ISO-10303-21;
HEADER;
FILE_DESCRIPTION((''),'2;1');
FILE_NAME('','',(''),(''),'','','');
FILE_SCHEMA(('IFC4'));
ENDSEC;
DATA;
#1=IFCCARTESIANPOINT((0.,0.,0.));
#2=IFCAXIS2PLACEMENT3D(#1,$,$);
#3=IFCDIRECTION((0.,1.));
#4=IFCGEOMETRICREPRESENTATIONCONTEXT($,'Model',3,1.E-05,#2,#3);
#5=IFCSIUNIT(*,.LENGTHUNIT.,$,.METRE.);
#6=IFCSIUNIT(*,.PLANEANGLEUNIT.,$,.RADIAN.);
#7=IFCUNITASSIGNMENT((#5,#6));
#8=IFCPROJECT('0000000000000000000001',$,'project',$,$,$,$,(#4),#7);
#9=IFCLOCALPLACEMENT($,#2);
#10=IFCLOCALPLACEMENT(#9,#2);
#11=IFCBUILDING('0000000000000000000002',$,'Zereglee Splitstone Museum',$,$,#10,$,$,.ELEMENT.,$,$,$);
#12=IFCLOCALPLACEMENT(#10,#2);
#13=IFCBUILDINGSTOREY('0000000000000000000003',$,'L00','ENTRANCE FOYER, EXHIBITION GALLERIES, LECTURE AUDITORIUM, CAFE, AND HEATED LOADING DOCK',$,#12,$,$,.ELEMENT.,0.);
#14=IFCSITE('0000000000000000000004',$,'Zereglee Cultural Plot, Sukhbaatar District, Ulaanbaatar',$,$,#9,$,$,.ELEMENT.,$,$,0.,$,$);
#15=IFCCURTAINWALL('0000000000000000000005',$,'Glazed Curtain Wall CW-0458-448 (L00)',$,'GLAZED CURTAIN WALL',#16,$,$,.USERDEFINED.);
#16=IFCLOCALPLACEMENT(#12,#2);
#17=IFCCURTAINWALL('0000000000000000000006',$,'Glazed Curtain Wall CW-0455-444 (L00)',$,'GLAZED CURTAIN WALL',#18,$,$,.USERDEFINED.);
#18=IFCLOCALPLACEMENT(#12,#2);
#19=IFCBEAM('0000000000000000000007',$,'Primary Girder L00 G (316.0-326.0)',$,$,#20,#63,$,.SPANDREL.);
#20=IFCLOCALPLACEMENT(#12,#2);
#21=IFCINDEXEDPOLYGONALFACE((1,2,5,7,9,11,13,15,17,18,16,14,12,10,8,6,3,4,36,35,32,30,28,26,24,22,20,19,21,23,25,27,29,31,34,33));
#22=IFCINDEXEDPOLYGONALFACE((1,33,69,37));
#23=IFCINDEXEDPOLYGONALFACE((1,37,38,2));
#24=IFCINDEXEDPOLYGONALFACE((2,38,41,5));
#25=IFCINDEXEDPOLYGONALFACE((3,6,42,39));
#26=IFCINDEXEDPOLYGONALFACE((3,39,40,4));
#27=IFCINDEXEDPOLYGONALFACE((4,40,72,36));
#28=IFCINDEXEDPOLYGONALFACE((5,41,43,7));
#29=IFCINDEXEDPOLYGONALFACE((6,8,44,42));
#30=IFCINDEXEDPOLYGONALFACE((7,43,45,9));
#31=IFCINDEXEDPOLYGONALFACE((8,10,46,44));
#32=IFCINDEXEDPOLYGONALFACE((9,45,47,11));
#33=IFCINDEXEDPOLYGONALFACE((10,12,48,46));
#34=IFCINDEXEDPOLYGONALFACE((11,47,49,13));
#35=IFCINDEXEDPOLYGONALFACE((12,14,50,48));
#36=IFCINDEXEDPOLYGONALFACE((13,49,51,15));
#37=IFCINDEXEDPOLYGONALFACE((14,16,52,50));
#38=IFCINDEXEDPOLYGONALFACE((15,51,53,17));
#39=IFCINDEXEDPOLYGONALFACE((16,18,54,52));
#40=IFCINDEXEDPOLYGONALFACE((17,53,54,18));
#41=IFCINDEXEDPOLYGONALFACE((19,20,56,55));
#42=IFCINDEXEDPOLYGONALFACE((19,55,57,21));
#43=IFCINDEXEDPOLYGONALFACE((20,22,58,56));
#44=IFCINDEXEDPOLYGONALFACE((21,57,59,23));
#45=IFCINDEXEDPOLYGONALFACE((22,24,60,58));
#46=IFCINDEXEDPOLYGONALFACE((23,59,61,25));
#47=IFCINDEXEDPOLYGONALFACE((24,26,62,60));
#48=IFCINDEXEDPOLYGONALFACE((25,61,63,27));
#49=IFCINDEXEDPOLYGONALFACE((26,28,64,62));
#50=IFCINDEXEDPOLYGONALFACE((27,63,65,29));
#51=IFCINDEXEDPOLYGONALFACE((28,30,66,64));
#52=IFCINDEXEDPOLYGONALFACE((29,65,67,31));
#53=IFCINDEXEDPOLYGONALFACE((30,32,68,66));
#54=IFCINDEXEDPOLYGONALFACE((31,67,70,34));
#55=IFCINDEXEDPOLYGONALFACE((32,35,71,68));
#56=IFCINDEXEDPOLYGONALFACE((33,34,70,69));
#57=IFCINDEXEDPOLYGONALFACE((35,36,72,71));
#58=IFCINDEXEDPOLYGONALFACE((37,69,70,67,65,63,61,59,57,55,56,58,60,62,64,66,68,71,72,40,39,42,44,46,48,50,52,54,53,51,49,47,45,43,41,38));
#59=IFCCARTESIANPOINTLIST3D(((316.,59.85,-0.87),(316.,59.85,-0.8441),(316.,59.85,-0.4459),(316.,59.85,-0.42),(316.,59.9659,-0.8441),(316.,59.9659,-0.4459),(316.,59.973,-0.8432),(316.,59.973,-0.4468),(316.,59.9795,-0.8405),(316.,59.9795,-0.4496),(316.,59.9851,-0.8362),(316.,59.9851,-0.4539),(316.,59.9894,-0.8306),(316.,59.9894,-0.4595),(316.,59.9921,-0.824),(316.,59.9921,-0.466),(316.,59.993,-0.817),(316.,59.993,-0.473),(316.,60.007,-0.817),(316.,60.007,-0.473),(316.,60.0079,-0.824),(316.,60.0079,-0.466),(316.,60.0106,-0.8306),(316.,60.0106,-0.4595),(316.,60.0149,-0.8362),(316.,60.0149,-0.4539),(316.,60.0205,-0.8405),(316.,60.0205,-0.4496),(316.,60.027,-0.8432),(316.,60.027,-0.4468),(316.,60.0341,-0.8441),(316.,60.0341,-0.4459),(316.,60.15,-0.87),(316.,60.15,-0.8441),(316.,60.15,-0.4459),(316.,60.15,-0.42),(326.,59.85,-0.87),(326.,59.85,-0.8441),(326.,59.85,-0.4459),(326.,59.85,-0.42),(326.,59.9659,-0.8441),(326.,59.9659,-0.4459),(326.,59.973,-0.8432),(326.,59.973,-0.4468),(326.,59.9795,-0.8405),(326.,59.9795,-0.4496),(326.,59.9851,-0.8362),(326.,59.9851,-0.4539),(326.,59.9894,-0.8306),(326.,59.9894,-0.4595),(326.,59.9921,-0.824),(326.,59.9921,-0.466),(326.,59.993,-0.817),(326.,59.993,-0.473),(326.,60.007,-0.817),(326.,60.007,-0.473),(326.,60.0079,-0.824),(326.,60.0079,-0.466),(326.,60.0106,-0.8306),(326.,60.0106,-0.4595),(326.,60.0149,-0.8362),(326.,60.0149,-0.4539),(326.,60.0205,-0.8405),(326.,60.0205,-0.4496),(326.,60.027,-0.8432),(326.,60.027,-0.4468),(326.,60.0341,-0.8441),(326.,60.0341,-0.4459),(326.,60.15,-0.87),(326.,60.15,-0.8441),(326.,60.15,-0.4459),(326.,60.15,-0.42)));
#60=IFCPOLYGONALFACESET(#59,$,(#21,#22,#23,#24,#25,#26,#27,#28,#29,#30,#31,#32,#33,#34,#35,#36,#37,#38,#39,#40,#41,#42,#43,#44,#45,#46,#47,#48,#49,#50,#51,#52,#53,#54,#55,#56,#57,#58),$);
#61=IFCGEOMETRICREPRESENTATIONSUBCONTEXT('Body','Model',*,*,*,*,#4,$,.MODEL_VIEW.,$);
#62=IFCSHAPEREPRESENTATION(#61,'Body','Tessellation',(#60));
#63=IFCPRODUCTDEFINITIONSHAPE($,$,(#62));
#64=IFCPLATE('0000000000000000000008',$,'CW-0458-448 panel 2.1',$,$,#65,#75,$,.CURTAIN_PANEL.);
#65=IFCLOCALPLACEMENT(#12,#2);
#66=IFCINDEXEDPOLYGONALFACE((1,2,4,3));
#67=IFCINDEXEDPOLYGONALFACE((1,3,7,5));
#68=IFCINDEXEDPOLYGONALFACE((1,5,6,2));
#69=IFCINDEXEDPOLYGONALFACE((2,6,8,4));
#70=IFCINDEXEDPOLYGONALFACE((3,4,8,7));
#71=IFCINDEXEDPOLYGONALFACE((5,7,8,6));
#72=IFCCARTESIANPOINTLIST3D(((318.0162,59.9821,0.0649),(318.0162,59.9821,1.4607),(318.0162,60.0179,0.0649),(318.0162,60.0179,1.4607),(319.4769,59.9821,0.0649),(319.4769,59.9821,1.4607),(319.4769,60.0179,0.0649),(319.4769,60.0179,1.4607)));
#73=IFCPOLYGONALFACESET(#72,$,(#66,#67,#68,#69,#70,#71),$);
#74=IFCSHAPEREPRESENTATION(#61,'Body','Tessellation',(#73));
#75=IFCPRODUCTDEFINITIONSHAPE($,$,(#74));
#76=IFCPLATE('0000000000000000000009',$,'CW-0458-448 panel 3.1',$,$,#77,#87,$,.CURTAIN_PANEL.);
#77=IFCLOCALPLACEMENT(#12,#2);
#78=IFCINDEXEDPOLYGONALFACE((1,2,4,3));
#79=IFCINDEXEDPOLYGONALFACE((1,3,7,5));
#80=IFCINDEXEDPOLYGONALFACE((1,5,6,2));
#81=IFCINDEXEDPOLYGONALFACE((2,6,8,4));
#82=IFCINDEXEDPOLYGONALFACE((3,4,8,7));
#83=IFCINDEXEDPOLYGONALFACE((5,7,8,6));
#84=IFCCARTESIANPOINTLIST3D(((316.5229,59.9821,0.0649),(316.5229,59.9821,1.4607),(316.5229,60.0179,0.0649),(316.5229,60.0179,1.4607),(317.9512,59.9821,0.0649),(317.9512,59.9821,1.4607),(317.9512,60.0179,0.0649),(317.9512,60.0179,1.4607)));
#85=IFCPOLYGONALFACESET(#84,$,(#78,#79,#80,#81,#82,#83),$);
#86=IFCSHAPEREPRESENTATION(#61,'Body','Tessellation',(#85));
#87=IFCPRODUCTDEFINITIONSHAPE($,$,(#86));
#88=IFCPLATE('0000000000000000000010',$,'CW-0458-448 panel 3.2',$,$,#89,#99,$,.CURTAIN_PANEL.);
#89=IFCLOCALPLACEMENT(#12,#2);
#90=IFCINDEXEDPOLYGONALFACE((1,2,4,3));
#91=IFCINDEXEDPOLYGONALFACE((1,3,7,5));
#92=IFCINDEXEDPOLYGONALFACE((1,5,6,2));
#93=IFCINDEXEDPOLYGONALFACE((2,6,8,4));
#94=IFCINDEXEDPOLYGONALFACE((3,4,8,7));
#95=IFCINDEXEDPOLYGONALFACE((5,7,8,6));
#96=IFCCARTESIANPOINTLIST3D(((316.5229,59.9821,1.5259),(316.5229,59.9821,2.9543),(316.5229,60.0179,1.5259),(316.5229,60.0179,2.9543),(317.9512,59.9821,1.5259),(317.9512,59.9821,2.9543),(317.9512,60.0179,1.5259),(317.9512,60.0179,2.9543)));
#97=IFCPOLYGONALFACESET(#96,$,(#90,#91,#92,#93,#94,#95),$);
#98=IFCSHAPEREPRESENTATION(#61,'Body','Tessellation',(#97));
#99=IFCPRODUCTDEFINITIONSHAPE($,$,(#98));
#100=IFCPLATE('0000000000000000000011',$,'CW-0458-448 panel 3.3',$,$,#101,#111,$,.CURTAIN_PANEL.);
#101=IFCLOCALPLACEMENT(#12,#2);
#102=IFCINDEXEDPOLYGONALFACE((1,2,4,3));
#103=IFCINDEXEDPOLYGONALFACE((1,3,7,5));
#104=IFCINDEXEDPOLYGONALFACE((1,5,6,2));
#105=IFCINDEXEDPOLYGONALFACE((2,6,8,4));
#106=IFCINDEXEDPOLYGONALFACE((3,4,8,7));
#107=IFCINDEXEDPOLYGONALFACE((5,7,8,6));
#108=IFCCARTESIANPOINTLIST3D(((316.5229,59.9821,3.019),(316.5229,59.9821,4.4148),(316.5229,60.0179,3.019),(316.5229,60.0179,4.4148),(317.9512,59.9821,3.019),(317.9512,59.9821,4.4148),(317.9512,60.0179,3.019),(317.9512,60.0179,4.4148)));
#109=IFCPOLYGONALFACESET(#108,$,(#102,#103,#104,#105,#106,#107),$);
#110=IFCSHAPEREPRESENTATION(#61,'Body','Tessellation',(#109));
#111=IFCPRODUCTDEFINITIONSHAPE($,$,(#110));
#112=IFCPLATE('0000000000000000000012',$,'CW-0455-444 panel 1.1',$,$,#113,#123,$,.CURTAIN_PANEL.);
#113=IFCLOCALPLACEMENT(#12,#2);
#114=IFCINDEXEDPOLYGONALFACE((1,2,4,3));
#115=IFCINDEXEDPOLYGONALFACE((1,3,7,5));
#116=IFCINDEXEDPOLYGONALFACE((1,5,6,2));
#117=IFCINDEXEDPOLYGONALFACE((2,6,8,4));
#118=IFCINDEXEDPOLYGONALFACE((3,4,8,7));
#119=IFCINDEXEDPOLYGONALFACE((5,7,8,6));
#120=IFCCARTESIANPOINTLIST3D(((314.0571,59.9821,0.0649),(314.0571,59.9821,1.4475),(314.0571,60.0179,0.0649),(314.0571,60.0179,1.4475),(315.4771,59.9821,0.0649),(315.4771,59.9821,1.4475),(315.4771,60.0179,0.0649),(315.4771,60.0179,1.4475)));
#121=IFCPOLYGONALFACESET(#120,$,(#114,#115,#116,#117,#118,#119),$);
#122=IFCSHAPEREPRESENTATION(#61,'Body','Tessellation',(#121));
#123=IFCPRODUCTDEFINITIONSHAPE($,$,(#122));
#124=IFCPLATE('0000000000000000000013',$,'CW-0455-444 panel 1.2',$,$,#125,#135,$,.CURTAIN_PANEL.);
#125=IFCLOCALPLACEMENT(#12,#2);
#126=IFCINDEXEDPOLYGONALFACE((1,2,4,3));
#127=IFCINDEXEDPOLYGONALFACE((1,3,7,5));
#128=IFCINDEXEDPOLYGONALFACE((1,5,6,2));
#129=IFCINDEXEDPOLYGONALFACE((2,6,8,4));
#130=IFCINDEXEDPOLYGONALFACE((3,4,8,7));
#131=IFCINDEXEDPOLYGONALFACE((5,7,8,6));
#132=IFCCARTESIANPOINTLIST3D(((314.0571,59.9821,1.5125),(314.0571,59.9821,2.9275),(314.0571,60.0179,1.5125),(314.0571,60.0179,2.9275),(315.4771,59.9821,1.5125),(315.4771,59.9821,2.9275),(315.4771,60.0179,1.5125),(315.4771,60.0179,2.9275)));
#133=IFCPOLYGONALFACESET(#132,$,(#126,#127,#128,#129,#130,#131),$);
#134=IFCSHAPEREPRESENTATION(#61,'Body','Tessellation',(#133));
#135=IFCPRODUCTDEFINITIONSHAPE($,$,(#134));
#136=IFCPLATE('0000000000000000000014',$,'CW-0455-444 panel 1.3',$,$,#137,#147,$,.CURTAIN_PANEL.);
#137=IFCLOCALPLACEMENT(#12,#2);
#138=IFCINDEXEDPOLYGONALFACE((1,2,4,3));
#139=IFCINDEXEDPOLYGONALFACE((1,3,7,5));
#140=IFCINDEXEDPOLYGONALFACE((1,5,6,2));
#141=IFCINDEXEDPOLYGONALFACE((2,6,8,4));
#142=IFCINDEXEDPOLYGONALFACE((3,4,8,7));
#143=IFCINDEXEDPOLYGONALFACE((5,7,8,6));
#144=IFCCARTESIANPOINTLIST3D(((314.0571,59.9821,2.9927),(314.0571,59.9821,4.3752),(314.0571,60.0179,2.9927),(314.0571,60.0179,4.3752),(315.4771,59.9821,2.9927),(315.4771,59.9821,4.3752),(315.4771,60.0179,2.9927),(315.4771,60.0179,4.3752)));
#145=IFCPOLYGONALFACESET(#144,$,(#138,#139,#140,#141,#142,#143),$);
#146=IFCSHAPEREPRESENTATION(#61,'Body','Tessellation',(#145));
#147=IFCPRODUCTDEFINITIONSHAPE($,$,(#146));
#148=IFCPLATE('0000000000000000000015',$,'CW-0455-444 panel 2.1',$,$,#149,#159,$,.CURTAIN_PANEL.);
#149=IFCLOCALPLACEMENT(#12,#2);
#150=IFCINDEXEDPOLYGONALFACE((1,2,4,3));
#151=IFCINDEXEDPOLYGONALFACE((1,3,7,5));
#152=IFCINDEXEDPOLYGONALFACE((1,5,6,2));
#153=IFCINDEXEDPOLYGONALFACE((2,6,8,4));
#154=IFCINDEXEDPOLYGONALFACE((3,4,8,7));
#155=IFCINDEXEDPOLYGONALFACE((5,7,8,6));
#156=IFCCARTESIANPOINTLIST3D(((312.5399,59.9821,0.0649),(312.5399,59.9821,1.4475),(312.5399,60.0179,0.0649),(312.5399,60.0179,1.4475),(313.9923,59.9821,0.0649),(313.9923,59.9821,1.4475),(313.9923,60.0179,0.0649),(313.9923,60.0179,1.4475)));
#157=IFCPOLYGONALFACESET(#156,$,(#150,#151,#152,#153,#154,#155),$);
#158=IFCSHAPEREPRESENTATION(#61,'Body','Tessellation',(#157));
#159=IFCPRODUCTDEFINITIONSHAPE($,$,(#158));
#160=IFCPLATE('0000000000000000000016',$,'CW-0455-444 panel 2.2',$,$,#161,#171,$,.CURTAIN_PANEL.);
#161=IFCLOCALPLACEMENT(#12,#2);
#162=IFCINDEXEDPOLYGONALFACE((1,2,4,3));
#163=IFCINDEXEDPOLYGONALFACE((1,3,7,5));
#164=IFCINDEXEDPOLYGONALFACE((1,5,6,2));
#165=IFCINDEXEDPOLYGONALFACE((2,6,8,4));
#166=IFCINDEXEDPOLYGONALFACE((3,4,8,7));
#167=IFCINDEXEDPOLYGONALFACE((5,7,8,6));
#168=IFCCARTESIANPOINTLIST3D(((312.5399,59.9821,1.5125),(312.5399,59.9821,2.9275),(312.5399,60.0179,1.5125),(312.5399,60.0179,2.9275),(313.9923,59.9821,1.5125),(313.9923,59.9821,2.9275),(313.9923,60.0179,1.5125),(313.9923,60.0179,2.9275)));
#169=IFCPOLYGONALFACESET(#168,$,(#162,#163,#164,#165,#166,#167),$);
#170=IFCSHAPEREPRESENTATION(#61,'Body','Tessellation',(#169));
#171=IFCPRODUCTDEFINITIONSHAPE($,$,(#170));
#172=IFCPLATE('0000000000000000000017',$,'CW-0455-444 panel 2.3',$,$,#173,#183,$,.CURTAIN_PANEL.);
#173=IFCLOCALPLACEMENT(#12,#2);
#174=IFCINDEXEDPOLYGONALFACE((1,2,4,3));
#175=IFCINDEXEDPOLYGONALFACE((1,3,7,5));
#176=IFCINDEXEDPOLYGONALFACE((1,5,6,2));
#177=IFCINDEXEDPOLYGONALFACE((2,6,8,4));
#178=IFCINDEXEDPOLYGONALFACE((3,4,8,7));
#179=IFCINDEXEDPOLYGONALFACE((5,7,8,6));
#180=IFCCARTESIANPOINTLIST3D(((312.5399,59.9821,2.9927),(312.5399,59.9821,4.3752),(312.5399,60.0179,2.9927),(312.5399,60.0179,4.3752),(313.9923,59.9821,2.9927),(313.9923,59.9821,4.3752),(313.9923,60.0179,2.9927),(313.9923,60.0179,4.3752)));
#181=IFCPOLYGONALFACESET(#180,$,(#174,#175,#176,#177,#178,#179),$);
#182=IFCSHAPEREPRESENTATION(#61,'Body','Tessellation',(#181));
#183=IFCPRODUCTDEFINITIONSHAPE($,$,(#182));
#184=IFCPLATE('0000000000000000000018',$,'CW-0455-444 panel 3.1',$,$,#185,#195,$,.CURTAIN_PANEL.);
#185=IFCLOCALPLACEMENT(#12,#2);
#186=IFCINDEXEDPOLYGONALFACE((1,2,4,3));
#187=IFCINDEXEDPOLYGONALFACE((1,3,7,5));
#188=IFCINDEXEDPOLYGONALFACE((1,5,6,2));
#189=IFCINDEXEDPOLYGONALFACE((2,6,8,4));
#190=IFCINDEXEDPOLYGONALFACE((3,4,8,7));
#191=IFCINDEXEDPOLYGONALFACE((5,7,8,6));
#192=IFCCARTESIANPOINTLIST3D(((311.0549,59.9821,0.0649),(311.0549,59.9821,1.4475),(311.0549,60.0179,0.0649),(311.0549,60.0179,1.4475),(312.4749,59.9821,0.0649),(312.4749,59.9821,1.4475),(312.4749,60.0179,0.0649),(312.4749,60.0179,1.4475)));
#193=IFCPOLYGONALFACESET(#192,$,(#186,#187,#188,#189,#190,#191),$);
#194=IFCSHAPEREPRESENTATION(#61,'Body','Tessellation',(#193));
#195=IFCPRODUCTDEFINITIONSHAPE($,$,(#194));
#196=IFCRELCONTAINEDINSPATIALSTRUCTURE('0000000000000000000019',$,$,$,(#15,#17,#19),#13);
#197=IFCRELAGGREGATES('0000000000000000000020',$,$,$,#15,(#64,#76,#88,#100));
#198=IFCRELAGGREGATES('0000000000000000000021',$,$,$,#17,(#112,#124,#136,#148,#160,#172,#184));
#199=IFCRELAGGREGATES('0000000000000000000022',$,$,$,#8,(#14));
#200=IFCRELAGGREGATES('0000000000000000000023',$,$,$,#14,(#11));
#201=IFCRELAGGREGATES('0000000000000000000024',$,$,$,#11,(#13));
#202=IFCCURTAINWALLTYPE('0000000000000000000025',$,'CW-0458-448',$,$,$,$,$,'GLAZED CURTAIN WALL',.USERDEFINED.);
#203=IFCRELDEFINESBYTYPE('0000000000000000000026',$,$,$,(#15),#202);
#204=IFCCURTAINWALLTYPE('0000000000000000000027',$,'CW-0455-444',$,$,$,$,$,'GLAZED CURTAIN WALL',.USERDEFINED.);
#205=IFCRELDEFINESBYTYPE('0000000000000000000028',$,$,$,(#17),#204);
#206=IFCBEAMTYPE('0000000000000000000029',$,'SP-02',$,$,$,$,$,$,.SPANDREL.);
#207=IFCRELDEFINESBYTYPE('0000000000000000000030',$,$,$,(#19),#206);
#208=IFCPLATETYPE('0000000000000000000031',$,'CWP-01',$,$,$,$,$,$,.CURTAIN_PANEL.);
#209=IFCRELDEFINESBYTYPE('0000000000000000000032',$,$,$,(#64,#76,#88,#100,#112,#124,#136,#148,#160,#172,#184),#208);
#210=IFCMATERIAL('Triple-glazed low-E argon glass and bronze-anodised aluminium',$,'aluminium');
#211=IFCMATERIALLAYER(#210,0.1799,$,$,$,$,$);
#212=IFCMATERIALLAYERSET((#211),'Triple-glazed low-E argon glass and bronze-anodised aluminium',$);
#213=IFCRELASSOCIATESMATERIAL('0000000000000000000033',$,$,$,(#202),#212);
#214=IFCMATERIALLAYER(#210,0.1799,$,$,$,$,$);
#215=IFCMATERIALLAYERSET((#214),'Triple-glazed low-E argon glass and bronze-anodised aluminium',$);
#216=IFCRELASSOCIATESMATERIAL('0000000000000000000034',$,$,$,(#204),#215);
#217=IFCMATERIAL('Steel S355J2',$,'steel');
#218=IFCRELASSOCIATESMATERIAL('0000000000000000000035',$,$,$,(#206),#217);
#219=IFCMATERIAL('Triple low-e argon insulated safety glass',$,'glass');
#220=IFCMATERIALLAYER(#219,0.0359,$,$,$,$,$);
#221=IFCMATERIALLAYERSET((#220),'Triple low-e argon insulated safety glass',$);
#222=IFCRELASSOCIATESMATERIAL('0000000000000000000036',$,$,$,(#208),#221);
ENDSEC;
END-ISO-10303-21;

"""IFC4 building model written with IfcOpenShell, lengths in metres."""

from ifc_helpers import new_model, si_unit, direction, frame, origin, origin_2d, place, context, subcontext, project, spatial, rectangle, i_section, extrude, material, layer, layer_set, material_profile, profile_set, type_object, element, aggregate, save


model = new_model("IFC4")

# Units and contexts
model_context = context("Model", 3, precision=1e-05, world=origin(), true_north=direction((0.0, 1.0)))
body_context = subcontext(model_context, "Body", "Model", "MODEL_VIEW")
ifc_project = project(units=[si_unit("LENGTHUNIT", "METRE"), si_unit("PLANEANGLEUNIT", "RADIAN")], contexts=[model_context])

# Site, building, storey
site_placement = place(None, origin())
site = spatial("IfcSite", under=ifc_project, at=site_placement, Name="Zereglee Cultural Plot, Sukhbaatar District, Ulaanbaatar", CompositionType="ELEMENT", RefElevation=0.0)
building_placement = place(site_placement, origin())
building = spatial("IfcBuilding", under=site, at=building_placement, Name="Zereglee Splitstone Museum", CompositionType="ELEMENT")
storey_placement = place(building_placement, origin())
storey = spatial("IfcBuildingStorey", under=building, at=storey_placement, Name="L00", Description="ENTRANCE FOYER, EXHIBITION GALLERIES, LECTURE AUDITORIUM, CAFE, AND HEATED LOADING DOCK", CompositionType="ELEMENT", Elevation=0.0)

# Curtain walls
ifc_material_1 = material(Name="Triple-glazed low-E argon glass and bronze-anodised aluminium", Category="aluminium")
ifc_layer_1 = layer(ifc_material_1, 0.1799)
ifc_layer_set_1 = layer_set([ifc_layer_1], Name="Triple-glazed low-E argon glass and bronze-anodised aluminium")
curtain_wall_type_1 = type_object("IfcCurtainWallType", Name="CW-0458-448", ElementType="GLAZED CURTAIN WALL", PredefinedType="USERDEFINED", material=ifc_layer_set_1)
curtain_wall_1_placement = place(storey_placement, origin())
curtain_wall_1 = element("IfcCurtainWall", 1, at=curtain_wall_1_placement, inside=storey, type_object=curtain_wall_type_1, Name="Glazed Curtain Wall CW-0458-448 (L00)", ObjectType="GLAZED CURTAIN WALL", PredefinedType="USERDEFINED")
ifc_layer_2 = layer(ifc_material_1, 0.1799)
ifc_layer_set_2 = layer_set([ifc_layer_2], Name="Triple-glazed low-E argon glass and bronze-anodised aluminium")
curtain_wall_type_2 = type_object("IfcCurtainWallType", Name="CW-0455-444", ElementType="GLAZED CURTAIN WALL", PredefinedType="USERDEFINED", material=ifc_layer_set_2)
curtain_wall_2_placement = place(storey_placement, origin())
curtain_wall_2 = element("IfcCurtainWall", 2, at=curtain_wall_2_placement, inside=storey, type_object=curtain_wall_type_2, Name="Glazed Curtain Wall CW-0455-444 (L00)", ObjectType="GLAZED CURTAIN WALL", PredefinedType="USERDEFINED")

# Beam
ifc_material_2 = material(Name="Steel S355J2", Category="steel")
ifc_material_profile_1 = material_profile(ifc_material_2, i_section(OverallWidth=0.3, OverallDepth=0.45, WebThickness=0.0139, FlangeThickness=0.0259, FilletRadius=0.0271, at=origin_2d()), Name="HE 450 B")
ifc_profile_set_1 = profile_set([ifc_material_profile_1], Name="Steel S355J2")
beam_type = type_object("IfcBeamType", Name="SP-02", PredefinedType="SPANDREL", material=ifc_profile_set_1)
beam_placement = place(storey_placement, frame((316.0, 60.0, -0.645), z_axis=(1.0, 0.0, 0.0), x_axis=(0.0, 1.0, 0.0)))
element("IfcBeam", 3, at=beam_placement, inside=storey, type_object=beam_type, Name="Primary Girder L00 G (316.0-326.0)", PredefinedType="SPANDREL", context=body_context, shape_type="SweptSolid", body=[
    extrude(i_section(OverallWidth=0.3, OverallDepth=0.45, WebThickness=0.0139, FlangeThickness=0.0259, FilletRadius=0.0271, at=origin_2d()), origin(), (0.0, 0.0, 1.0), 10.0),
])

# Plates
ifc_material_3 = material(Name="Triple low-e argon insulated safety glass", Category="glass")
ifc_layer_3 = layer(ifc_material_3, 0.0359)
ifc_layer_set_3 = layer_set([ifc_layer_3], Name="Triple low-e argon insulated safety glass")
plate_type = type_object("IfcPlateType", Name="CWP-01", PredefinedType="CURTAIN_PANEL", material=ifc_layer_set_3)
plate_1_placement = place(storey_placement, frame((318.7466, 60.0, 0.0649), z_axis=(0.0, 0.0, 1.0), x_axis=(-1.0, 0.0, 0.0)))
plate_1 = element("IfcPlate", 4, at=plate_1_placement, type_object=plate_type, Name="CW-0458-448 panel 2.1", PredefinedType="CURTAIN_PANEL", context=body_context, shape_type="SweptSolid", body=[
    extrude(rectangle(XDim=1.4607, YDim=0.0359, at=origin_2d()), origin(), (0.0, 0.0, 1.0), 1.3958),
])
plate_2_placement = place(storey_placement, frame((317.2371, 60.0, 0.0649), z_axis=(0.0, 0.0, 1.0), x_axis=(-1.0, 0.0, 0.0)))
plate_2 = element("IfcPlate", 5, at=plate_2_placement, type_object=plate_type, Name="CW-0458-448 panel 3.1", PredefinedType="CURTAIN_PANEL", context=body_context, shape_type="SweptSolid", body=[
    extrude(rectangle(XDim=1.4282, YDim=0.0359, at=origin_2d()), origin(), (0.0, 0.0, 1.0), 1.3958),
])
plate_3_placement = place(storey_placement, frame((317.2371, 60.0, 1.5259), z_axis=(0.0, 0.0, 1.0), x_axis=(-1.0, 0.0, 0.0)))
plate_3 = element("IfcPlate", 6, at=plate_3_placement, type_object=plate_type, Name="CW-0458-448 panel 3.2", PredefinedType="CURTAIN_PANEL", context=body_context, shape_type="SweptSolid", body=[
    extrude(rectangle(XDim=1.4282, YDim=0.0359, at=origin_2d()), origin(), (0.0, 0.0, 1.0), 1.4285),
])
plate_4_placement = place(storey_placement, frame((317.2371, 60.0, 3.019), z_axis=(0.0, 0.0, 1.0), x_axis=(-1.0, 0.0, 0.0)))
plate_4 = element("IfcPlate", 7, at=plate_4_placement, type_object=plate_type, Name="CW-0458-448 panel 3.3", PredefinedType="CURTAIN_PANEL", context=body_context, shape_type="SweptSolid", body=[
    extrude(rectangle(XDim=1.4282, YDim=0.0359, at=origin_2d()), origin(), (0.0, 0.0, 1.0), 1.3958),
])
aggregate(curtain_wall_1, [plate_1, plate_2, plate_3, plate_4])
plate_5_placement = place(storey_placement, frame((314.7671, 60.0, 0.0649), z_axis=(0.0, 0.0, 1.0), x_axis=(-1.0, 0.0, 0.0)))
plate_5 = element("IfcPlate", 8, at=plate_5_placement, type_object=plate_type, Name="CW-0455-444 panel 1.1", PredefinedType="CURTAIN_PANEL", context=body_context, shape_type="SweptSolid", body=[
    extrude(rectangle(XDim=1.4199, YDim=0.0359, at=origin_2d()), origin(), (0.0, 0.0, 1.0), 1.3826),
])
plate_6_placement = place(storey_placement, frame((314.7671, 60.0, 1.5125), z_axis=(0.0, 0.0, 1.0), x_axis=(-1.0, 0.0, 0.0)))
plate_6 = element("IfcPlate", 9, at=plate_6_placement, type_object=plate_type, Name="CW-0455-444 panel 1.2", PredefinedType="CURTAIN_PANEL", context=body_context, shape_type="SweptSolid", body=[
    extrude(rectangle(XDim=1.4199, YDim=0.0359, at=origin_2d()), origin(), (0.0, 0.0, 1.0), 1.415),
])
plate_7_placement = place(storey_placement, frame((314.7671, 60.0, 2.9927), z_axis=(0.0, 0.0, 1.0), x_axis=(-1.0, 0.0, 0.0)))
plate_7 = element("IfcPlate", 10, at=plate_7_placement, type_object=plate_type, Name="CW-0455-444 panel 1.3", PredefinedType="CURTAIN_PANEL", context=body_context, shape_type="SweptSolid", body=[
    extrude(rectangle(XDim=1.4199, YDim=0.0359, at=origin_2d()), origin(), (0.0, 0.0, 1.0), 1.3826),
])
plate_8_placement = place(storey_placement, frame((313.2661, 60.0, 0.0649), z_axis=(0.0, 0.0, 1.0), x_axis=(-1.0, 0.0, 0.0)))
plate_8 = element("IfcPlate", 11, at=plate_8_placement, type_object=plate_type, Name="CW-0455-444 panel 2.1", PredefinedType="CURTAIN_PANEL", context=body_context, shape_type="SweptSolid", body=[
    extrude(rectangle(XDim=1.4524, YDim=0.0359, at=origin_2d()), origin(), (0.0, 0.0, 1.0), 1.3826),
])
plate_9_placement = place(storey_placement, frame((313.2661, 60.0, 1.5125), z_axis=(0.0, 0.0, 1.0), x_axis=(-1.0, 0.0, 0.0)))
plate_9 = element("IfcPlate", 12, at=plate_9_placement, type_object=plate_type, Name="CW-0455-444 panel 2.2", PredefinedType="CURTAIN_PANEL", context=body_context, shape_type="SweptSolid", body=[
    extrude(rectangle(XDim=1.4524, YDim=0.0359, at=origin_2d()), origin(), (0.0, 0.0, 1.0), 1.415),
])
plate_10_placement = place(storey_placement, frame((313.2661, 60.0, 2.9927), z_axis=(0.0, 0.0, 1.0), x_axis=(-1.0, 0.0, 0.0)))
plate_10 = element("IfcPlate", 13, at=plate_10_placement, type_object=plate_type, Name="CW-0455-444 panel 2.3", PredefinedType="CURTAIN_PANEL", context=body_context, shape_type="SweptSolid", body=[
    extrude(rectangle(XDim=1.4524, YDim=0.0359, at=origin_2d()), origin(), (0.0, 0.0, 1.0), 1.3826),
])
plate_11_placement = place(storey_placement, frame((311.7649, 60.0, 0.0649), z_axis=(0.0, 0.0, 1.0), x_axis=(-1.0, 0.0, 0.0)))
plate_11 = element("IfcPlate", 14, at=plate_11_placement, type_object=plate_type, Name="CW-0455-444 panel 3.1", PredefinedType="CURTAIN_PANEL", context=body_context, shape_type="SweptSolid", body=[
    extrude(rectangle(XDim=1.4199, YDim=0.0359, at=origin_2d()), origin(), (0.0, 0.0, 1.0), 1.3826),
])
aggregate(curtain_wall_2, [plate_5, plate_6, plate_7, plate_8, plate_9, plate_10, plate_11])

save(model, "model.ifc")
